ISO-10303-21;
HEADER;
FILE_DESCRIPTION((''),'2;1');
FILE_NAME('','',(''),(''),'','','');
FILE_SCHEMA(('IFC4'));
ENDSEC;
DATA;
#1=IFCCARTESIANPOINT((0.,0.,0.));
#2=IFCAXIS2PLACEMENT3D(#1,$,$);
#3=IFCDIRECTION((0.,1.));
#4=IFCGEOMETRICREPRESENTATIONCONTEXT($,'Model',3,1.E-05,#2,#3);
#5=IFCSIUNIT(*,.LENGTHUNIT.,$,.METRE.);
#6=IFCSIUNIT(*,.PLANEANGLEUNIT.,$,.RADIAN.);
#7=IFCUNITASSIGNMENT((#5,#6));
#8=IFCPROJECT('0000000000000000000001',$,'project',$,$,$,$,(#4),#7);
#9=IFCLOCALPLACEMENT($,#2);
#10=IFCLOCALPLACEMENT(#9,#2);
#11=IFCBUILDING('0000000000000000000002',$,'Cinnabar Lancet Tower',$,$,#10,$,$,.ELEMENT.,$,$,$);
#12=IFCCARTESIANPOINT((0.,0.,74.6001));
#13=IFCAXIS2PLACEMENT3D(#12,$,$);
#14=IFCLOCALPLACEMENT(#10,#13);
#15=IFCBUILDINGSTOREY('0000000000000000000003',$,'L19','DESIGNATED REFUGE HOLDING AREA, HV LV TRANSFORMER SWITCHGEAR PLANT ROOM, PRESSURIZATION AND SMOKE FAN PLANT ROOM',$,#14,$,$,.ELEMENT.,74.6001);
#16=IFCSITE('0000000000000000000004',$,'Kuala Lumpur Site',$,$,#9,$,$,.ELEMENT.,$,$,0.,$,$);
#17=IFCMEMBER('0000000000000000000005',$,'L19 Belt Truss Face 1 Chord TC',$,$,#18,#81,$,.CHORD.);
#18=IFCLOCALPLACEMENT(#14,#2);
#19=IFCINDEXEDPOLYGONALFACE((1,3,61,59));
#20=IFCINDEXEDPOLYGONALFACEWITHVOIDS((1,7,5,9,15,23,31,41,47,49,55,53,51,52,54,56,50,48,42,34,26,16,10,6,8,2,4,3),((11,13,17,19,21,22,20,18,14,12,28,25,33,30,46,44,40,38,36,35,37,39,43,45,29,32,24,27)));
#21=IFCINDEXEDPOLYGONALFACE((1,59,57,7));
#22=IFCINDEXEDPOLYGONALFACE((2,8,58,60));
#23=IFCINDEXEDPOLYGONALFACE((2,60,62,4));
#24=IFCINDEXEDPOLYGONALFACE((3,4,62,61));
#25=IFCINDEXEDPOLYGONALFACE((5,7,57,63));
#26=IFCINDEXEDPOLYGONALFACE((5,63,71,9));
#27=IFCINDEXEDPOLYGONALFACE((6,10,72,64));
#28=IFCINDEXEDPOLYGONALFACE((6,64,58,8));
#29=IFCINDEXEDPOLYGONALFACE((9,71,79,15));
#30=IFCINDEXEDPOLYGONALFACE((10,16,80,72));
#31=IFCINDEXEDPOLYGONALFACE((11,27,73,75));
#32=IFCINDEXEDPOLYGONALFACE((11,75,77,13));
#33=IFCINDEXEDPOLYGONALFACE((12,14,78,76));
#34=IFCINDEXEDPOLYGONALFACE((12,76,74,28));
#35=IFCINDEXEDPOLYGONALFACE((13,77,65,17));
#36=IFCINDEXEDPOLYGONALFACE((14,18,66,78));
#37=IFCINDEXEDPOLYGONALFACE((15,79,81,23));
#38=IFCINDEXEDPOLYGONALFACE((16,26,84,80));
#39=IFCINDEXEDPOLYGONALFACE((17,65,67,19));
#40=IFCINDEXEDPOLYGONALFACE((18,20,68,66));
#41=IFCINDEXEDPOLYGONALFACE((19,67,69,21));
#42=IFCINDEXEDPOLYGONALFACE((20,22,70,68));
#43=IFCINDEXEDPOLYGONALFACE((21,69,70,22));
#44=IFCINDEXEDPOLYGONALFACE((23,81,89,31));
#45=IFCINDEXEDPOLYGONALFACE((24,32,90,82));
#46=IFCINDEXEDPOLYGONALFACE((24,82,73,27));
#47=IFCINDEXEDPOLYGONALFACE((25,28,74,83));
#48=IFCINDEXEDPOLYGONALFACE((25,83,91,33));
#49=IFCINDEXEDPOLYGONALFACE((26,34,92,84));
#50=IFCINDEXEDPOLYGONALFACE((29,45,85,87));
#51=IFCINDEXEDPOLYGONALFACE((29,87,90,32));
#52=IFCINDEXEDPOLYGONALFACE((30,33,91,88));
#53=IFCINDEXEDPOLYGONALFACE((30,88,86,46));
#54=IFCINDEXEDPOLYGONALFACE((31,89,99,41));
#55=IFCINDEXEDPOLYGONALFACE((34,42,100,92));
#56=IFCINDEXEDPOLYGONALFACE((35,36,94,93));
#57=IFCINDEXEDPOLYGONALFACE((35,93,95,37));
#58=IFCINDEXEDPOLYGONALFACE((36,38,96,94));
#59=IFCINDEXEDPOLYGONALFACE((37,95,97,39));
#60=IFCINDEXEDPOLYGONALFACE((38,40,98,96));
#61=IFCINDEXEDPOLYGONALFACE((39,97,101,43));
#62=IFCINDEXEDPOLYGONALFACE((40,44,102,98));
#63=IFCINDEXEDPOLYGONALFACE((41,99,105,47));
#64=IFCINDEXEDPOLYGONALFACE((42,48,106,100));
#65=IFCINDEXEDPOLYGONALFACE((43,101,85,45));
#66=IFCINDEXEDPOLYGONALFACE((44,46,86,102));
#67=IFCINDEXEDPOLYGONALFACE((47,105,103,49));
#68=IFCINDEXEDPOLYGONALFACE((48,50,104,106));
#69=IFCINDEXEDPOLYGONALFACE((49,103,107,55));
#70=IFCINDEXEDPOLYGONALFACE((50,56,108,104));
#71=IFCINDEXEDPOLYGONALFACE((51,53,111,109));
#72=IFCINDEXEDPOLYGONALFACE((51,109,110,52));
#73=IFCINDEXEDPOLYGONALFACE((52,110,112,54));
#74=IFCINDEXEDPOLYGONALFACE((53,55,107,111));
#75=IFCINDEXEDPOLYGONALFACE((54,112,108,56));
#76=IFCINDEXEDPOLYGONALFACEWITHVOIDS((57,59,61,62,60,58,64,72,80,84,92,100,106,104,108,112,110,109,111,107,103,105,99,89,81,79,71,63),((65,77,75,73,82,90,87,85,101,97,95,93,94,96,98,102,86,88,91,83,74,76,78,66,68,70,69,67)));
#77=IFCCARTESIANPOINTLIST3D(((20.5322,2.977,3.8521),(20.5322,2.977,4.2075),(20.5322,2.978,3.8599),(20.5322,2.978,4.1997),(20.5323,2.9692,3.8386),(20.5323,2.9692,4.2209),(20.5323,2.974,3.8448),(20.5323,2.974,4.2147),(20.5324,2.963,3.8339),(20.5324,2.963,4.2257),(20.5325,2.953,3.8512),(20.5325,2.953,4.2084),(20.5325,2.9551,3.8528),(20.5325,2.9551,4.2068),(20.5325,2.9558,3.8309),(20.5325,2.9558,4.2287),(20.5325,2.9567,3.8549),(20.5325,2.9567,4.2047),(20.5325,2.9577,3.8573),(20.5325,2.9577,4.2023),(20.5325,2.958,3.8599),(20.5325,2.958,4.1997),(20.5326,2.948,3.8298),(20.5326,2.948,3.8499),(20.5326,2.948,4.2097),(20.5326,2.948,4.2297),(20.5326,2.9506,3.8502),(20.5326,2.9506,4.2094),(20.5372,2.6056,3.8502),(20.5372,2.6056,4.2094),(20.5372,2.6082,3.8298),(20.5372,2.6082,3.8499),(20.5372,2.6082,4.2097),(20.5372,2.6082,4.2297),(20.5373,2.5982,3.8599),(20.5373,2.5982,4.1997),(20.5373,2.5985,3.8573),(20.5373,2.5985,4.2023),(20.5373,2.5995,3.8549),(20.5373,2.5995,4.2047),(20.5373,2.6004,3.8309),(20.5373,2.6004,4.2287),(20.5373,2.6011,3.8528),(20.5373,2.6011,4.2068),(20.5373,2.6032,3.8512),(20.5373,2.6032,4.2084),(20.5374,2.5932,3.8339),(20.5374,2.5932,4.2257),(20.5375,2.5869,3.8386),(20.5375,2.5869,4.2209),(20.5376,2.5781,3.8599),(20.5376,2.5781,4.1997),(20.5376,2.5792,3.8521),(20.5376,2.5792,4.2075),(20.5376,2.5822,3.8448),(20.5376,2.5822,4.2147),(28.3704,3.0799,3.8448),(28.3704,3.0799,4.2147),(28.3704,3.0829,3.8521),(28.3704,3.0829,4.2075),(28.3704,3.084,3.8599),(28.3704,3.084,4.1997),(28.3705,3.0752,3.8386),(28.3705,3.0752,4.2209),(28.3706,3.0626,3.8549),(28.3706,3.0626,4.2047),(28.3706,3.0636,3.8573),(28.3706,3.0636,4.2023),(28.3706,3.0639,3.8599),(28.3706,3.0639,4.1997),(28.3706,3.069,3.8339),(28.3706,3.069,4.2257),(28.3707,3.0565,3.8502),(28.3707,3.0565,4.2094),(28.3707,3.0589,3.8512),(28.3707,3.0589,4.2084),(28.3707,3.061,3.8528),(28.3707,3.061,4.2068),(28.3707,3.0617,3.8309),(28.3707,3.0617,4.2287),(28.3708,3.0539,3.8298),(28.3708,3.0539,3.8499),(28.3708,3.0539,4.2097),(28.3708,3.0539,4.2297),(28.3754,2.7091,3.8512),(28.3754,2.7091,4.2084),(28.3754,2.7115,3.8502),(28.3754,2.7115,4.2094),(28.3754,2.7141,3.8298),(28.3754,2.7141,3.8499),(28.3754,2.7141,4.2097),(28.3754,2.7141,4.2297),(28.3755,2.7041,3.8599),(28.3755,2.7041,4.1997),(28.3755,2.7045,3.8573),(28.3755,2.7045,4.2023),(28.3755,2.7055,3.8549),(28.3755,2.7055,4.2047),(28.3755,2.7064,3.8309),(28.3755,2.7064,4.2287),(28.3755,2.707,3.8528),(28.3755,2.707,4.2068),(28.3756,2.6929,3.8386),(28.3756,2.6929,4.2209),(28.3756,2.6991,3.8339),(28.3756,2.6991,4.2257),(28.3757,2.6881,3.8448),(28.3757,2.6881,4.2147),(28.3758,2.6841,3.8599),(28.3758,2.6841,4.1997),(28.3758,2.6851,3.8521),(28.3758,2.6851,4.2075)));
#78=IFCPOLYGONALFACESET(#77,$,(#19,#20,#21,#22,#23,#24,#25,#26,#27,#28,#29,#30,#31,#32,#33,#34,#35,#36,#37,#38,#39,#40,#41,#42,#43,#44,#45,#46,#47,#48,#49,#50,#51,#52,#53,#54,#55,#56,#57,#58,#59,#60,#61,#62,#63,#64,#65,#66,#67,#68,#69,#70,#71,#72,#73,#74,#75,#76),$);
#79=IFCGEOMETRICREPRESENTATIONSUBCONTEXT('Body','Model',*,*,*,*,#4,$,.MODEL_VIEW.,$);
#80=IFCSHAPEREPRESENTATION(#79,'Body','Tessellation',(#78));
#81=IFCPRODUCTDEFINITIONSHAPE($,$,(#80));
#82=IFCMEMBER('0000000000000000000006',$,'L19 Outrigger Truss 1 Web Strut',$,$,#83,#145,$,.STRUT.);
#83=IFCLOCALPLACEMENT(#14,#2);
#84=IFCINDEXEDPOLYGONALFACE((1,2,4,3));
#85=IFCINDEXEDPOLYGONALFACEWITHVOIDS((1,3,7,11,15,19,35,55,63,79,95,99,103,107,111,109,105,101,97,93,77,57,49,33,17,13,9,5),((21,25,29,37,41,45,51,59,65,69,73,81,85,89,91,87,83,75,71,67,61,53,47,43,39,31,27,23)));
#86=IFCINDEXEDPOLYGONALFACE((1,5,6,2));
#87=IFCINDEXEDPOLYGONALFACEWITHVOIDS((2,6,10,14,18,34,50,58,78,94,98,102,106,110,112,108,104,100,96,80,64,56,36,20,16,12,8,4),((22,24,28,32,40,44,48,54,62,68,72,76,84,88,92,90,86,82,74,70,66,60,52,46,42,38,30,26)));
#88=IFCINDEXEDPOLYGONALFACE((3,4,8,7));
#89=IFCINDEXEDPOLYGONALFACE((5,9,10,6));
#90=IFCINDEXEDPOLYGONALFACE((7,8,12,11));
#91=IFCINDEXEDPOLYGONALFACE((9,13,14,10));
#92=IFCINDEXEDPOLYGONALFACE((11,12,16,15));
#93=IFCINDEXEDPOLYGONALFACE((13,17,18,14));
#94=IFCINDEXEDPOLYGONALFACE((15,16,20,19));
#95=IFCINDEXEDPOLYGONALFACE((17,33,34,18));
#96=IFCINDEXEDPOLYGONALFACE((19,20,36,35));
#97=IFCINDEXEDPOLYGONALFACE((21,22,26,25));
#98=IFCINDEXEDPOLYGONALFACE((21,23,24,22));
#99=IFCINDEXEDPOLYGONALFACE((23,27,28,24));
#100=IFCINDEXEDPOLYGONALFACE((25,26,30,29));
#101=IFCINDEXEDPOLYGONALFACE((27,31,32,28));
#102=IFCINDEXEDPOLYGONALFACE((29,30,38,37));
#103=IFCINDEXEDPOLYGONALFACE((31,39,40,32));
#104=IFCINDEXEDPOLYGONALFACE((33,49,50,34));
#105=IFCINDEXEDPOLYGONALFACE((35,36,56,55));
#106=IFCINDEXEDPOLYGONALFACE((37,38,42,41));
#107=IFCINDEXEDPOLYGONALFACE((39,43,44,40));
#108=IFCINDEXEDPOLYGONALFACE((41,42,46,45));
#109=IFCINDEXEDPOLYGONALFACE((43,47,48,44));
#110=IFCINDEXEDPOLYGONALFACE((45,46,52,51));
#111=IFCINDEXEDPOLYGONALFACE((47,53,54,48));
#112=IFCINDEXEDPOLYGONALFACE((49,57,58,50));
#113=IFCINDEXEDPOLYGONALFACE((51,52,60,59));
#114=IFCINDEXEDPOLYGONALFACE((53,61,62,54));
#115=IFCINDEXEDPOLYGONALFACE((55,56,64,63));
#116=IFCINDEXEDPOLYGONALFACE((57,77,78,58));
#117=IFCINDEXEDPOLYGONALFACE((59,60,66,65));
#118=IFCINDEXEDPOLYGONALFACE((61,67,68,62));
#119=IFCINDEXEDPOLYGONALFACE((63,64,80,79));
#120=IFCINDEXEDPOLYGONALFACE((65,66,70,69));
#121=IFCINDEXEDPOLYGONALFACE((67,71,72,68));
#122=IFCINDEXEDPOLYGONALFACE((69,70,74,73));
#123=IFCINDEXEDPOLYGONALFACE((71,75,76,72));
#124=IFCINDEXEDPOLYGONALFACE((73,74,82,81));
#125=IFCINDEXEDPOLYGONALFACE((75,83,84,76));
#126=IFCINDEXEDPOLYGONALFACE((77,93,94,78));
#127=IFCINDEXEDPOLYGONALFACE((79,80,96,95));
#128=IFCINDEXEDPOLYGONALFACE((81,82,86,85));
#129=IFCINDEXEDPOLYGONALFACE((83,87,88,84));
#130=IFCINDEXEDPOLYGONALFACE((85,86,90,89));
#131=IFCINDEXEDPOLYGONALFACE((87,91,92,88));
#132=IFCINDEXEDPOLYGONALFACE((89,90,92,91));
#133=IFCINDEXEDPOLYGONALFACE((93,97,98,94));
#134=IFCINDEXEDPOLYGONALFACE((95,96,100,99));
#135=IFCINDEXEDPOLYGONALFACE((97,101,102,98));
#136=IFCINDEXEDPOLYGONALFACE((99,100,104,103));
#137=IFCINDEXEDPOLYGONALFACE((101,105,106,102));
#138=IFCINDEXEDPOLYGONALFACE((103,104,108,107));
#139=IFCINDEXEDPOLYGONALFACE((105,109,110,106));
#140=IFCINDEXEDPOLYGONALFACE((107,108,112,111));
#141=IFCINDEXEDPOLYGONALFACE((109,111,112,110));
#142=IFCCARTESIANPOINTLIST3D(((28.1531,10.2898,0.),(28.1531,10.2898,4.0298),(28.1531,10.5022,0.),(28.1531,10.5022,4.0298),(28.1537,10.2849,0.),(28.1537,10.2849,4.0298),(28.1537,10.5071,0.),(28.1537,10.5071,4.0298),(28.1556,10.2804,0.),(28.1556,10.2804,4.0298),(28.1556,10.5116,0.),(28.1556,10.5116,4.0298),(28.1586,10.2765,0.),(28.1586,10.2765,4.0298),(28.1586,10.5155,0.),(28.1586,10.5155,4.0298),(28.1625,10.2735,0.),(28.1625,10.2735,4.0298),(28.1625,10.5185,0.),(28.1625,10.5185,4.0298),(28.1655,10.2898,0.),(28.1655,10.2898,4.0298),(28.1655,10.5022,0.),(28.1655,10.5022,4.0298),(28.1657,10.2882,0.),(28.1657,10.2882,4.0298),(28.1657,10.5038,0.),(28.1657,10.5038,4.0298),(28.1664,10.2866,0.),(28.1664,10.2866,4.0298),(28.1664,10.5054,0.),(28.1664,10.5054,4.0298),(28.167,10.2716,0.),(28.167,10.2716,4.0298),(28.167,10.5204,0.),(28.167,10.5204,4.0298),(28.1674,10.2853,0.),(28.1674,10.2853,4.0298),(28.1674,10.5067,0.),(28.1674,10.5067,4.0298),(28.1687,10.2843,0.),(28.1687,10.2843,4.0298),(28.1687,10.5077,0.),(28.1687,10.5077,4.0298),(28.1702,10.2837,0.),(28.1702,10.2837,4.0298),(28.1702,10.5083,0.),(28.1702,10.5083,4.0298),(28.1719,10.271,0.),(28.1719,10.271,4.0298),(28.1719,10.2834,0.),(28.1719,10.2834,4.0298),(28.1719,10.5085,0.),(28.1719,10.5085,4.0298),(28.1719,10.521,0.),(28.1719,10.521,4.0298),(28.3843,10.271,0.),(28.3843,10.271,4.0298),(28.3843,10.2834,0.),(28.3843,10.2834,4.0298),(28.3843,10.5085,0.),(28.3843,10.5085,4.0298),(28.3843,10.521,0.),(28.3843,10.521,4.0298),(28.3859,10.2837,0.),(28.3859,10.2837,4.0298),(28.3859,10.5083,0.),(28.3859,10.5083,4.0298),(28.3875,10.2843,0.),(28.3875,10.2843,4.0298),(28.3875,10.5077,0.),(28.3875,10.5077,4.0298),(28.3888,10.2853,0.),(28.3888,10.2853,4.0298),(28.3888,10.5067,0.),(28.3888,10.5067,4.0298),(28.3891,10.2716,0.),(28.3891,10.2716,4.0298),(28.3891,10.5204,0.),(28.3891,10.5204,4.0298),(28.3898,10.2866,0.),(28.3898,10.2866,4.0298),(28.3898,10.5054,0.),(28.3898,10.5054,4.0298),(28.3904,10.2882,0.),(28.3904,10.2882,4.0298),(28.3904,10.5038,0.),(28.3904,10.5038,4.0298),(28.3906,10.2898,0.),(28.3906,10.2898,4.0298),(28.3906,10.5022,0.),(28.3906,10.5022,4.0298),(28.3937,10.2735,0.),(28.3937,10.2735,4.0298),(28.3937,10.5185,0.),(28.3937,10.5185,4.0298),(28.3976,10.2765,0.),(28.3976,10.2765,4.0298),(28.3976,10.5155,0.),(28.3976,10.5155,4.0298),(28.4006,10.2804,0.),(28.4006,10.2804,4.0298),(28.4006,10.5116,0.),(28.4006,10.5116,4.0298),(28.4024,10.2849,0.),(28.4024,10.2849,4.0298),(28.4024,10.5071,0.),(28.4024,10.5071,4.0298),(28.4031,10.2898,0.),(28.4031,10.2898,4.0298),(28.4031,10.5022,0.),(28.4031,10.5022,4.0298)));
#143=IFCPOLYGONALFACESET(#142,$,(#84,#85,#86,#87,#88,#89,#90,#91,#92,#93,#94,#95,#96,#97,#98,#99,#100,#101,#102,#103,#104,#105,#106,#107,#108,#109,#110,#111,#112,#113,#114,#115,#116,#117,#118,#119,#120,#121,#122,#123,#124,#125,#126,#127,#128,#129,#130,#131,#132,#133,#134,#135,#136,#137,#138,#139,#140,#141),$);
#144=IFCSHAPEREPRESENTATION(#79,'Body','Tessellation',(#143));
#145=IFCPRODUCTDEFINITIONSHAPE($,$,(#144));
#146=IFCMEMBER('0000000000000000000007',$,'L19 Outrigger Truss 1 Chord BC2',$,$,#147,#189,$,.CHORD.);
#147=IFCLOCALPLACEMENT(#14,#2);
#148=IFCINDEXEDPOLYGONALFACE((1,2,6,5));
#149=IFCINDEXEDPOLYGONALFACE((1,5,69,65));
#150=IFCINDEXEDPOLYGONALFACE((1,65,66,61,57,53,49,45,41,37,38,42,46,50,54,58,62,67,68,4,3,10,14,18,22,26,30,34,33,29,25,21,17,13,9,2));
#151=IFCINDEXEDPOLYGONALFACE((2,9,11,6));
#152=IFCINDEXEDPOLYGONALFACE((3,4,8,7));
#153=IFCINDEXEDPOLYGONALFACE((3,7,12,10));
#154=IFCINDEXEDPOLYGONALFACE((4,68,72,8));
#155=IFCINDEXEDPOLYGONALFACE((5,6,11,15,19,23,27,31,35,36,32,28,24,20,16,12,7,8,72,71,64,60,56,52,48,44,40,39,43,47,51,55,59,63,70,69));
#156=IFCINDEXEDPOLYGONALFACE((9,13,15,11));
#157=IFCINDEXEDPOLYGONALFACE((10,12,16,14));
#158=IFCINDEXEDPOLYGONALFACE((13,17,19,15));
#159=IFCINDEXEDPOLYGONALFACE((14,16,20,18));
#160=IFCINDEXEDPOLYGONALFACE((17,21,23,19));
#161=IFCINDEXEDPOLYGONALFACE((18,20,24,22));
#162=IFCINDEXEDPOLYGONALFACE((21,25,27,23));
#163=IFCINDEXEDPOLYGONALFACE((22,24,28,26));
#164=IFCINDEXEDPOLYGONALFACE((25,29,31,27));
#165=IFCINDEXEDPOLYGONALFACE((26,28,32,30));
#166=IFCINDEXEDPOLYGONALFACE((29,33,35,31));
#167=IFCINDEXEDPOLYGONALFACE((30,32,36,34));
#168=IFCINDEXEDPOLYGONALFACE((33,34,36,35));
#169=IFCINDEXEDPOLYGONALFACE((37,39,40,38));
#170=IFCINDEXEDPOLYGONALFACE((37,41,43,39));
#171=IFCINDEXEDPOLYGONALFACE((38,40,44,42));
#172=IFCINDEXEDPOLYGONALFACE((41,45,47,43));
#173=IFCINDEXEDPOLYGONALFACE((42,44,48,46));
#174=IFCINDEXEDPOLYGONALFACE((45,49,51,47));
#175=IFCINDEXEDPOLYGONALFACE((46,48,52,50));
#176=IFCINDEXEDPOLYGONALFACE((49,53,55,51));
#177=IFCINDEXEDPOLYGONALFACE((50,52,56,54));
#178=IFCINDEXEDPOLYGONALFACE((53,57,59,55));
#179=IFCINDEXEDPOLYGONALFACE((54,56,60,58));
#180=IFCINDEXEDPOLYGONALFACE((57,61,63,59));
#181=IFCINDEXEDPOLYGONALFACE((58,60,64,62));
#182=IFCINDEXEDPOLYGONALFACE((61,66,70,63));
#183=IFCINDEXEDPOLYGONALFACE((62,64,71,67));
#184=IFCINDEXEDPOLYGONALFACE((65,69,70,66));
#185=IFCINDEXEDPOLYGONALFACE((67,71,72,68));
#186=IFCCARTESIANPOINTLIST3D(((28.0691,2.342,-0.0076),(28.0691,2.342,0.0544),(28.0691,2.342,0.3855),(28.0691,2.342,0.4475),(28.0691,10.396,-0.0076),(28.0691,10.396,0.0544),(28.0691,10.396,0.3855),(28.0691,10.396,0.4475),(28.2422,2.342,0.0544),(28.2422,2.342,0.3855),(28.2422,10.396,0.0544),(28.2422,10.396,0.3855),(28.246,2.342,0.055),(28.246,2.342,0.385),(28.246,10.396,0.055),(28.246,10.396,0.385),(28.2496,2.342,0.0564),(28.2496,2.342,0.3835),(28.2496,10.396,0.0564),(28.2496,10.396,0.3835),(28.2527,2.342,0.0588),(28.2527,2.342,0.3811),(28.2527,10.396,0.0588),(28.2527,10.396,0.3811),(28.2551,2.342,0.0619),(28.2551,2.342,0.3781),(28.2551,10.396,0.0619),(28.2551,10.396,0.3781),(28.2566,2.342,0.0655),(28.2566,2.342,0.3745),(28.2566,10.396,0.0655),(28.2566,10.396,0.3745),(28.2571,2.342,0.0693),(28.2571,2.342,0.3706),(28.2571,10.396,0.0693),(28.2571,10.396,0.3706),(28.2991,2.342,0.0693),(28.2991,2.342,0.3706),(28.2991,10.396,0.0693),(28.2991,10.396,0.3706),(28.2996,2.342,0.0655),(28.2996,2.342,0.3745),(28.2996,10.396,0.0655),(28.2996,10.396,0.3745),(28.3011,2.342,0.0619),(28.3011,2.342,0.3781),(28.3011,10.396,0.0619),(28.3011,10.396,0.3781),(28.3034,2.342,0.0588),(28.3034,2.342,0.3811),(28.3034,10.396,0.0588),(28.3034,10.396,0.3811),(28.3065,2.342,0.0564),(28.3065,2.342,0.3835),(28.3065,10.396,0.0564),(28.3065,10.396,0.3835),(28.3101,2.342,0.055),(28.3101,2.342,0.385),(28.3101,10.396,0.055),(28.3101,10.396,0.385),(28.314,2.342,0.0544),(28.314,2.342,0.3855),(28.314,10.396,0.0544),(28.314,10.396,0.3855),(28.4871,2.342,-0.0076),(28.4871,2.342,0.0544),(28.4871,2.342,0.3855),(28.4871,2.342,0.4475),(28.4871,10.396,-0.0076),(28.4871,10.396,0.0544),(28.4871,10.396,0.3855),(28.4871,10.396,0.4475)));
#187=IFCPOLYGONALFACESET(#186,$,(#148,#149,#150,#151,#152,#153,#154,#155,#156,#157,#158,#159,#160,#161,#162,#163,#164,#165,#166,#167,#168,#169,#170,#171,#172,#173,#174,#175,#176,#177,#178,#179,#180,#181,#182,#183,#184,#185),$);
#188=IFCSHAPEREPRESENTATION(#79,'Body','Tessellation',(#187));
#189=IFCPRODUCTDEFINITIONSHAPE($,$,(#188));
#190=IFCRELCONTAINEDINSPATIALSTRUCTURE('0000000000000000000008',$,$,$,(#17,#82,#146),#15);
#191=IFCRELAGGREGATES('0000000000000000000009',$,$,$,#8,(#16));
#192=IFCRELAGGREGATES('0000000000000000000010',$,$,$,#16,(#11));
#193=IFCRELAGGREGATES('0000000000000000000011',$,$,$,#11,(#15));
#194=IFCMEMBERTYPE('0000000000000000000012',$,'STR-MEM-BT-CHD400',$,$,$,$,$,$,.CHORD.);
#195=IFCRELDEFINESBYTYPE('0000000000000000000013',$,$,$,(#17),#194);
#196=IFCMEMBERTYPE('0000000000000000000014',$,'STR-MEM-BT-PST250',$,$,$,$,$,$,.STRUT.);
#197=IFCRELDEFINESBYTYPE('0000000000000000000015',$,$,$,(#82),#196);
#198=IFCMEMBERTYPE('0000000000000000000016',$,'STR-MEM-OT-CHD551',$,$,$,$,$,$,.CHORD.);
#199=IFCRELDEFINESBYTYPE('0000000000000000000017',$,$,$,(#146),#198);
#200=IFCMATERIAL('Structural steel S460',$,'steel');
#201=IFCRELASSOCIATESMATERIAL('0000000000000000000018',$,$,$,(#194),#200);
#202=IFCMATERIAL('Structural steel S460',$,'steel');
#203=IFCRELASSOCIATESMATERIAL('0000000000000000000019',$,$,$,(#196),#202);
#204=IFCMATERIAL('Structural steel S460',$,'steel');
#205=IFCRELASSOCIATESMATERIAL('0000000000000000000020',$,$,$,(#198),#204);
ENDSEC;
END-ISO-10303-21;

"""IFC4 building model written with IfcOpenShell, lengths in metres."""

from ifc_helpers import new_model, si_unit, direction, frame, origin, origin_2d, place, context, subcontext, project, spatial, hollow_rectangle, i_section, extrude, material, material_profile, profile_set, type_object, element, save


model = new_model("IFC4")

# Units and contexts
model_context = context("Model", 3, precision=1e-05, world=origin(), true_north=direction((0.0, 1.0)))
body_context = subcontext(model_context, "Body", "Model", "MODEL_VIEW")
ifc_project = project(units=[si_unit("LENGTHUNIT", "METRE"), si_unit("PLANEANGLEUNIT", "RADIAN")], contexts=[model_context])

# Site, building, storey
site_placement = place(None, origin())
site = spatial("IfcSite", under=ifc_project, at=site_placement, Name="Kuala Lumpur Site", CompositionType="ELEMENT", RefElevation=0.0)
building_placement = place(site_placement, origin())
building = spatial("IfcBuilding", under=site, at=building_placement, Name="Cinnabar Lancet Tower", CompositionType="ELEMENT")
storey_placement = place(building_placement, frame((0.0, 0.0, 74.6001)))
storey = spatial("IfcBuildingStorey", under=building, at=storey_placement, Name="L19", Description="DESIGNATED REFUGE HOLDING AREA, HV LV TRANSFORMER SWITCHGEAR PLANT ROOM, PRESSURIZATION AND SMOKE FAN PLANT ROOM", CompositionType="ELEMENT", Elevation=74.6001)

# Members
ifc_material_1 = material(Name="Structural steel S460", Category="steel")
ifc_material_profile_1 = material_profile(ifc_material_1, hollow_rectangle(XDim=0.3999, YDim=0.3999, WallThickness=0.02, InnerFilletRadius=0.01, OuterFilletRadius=0.03, at=origin_2d()), Name="SHS 400x400x20")
ifc_profile_set_1 = profile_set([ifc_material_profile_1], Name="Structural steel S460")
member_type_1 = type_object("IfcMemberType", Name="STR-MEM-BT-CHD400", PredefinedType="CHORD", material=ifc_profile_set_1)
for number, where, z_axis, x_axis, name in (
    (1, (20.5349, 2.7781, 4.0298), (0.999909, 0.013517, 0.0), (-0.013517, 0.999909, 0.0), "L19 Belt Truss Face 1 Chord TC"),
):
    element("IfcMember", number, at=place(storey_placement, frame(where, z_axis=z_axis, x_axis=x_axis)), inside=storey, type_object=member_type_1, Name=name, PredefinedType="CHORD", context=body_context, shape_type="SweptSolid", body=[
        extrude(hollow_rectangle(XDim=0.3999, YDim=0.3999, WallThickness=0.02, InnerFilletRadius=0.01, OuterFilletRadius=0.03, at=origin_2d()), origin(), (0.0, 0.0, 1.0), 7.8389),
    ])
ifc_material_2 = material(Name="Structural steel S460", Category="steel")
ifc_material_profile_2 = material_profile(ifc_material_2, hollow_rectangle(XDim=0.25, YDim=0.25, WallThickness=0.0125, InnerFilletRadius=0.0063, OuterFilletRadius=0.0188, at=origin_2d()), Name="SHS 250x250x12.5")
ifc_profile_set_2 = profile_set([ifc_material_profile_2], Name="Structural steel S460")
member_type_2 = type_object("IfcMemberType", Name="STR-MEM-BT-PST250", PredefinedType="STRUT", material=ifc_profile_set_2)
member_1_placement = place(storey_placement, frame((28.2781, 10.396, 0.0), z_axis=(0.0, 0.0, 1.0), x_axis=(1.0, 0.0, 0.0)))
element("IfcMember", 2, at=member_1_placement, inside=storey, type_object=member_type_2, Name="L19 Outrigger Truss 1 Web Strut", PredefinedType="STRUT", context=body_context, shape_type="SweptSolid", body=[
    extrude(hollow_rectangle(XDim=0.25, YDim=0.25, WallThickness=0.0125, InnerFilletRadius=0.0063, OuterFilletRadius=0.0188, at=origin_2d()), origin(), (0.0, 0.0, 1.0), 4.0298),
])
ifc_material_3 = material(Name="Structural steel S460", Category="steel")
ifc_material_profile_3 = material_profile(ifc_material_3, i_section(OverallWidth=0.418, OverallDepth=0.4551, WebThickness=0.042, FlangeThickness=0.062, FilletRadius=0.0149, at=origin_2d()), Name="HD 400x551")
ifc_profile_set_3 = profile_set([ifc_material_profile_3], Name="Structural steel S460")
member_type_3 = type_object("IfcMemberType", Name="STR-MEM-OT-CHD551", PredefinedType="CHORD", material=ifc_profile_set_3)
for number, where, z_axis, x_axis, name in (
    (3, (28.2781, 10.396, 0.22), (0.0, -1.0, 0.0), (1.0, 0.0, 0.0), "L19 Outrigger Truss 1 Chord BC2"),
):
    element("IfcMember", number, at=place(storey_placement, frame(where, z_axis=z_axis, x_axis=x_axis)), inside=storey, type_object=member_type_3, Name=name, PredefinedType="CHORD", context=body_context, shape_type="SweptSolid", body=[
        extrude(i_section(OverallWidth=0.418, OverallDepth=0.4551, WebThickness=0.042, FlangeThickness=0.062, FilletRadius=0.0149, at=origin_2d()), origin(), (0.0, 0.0, 1.0), 8.054),
    ])

save(model, "model.ifc")
